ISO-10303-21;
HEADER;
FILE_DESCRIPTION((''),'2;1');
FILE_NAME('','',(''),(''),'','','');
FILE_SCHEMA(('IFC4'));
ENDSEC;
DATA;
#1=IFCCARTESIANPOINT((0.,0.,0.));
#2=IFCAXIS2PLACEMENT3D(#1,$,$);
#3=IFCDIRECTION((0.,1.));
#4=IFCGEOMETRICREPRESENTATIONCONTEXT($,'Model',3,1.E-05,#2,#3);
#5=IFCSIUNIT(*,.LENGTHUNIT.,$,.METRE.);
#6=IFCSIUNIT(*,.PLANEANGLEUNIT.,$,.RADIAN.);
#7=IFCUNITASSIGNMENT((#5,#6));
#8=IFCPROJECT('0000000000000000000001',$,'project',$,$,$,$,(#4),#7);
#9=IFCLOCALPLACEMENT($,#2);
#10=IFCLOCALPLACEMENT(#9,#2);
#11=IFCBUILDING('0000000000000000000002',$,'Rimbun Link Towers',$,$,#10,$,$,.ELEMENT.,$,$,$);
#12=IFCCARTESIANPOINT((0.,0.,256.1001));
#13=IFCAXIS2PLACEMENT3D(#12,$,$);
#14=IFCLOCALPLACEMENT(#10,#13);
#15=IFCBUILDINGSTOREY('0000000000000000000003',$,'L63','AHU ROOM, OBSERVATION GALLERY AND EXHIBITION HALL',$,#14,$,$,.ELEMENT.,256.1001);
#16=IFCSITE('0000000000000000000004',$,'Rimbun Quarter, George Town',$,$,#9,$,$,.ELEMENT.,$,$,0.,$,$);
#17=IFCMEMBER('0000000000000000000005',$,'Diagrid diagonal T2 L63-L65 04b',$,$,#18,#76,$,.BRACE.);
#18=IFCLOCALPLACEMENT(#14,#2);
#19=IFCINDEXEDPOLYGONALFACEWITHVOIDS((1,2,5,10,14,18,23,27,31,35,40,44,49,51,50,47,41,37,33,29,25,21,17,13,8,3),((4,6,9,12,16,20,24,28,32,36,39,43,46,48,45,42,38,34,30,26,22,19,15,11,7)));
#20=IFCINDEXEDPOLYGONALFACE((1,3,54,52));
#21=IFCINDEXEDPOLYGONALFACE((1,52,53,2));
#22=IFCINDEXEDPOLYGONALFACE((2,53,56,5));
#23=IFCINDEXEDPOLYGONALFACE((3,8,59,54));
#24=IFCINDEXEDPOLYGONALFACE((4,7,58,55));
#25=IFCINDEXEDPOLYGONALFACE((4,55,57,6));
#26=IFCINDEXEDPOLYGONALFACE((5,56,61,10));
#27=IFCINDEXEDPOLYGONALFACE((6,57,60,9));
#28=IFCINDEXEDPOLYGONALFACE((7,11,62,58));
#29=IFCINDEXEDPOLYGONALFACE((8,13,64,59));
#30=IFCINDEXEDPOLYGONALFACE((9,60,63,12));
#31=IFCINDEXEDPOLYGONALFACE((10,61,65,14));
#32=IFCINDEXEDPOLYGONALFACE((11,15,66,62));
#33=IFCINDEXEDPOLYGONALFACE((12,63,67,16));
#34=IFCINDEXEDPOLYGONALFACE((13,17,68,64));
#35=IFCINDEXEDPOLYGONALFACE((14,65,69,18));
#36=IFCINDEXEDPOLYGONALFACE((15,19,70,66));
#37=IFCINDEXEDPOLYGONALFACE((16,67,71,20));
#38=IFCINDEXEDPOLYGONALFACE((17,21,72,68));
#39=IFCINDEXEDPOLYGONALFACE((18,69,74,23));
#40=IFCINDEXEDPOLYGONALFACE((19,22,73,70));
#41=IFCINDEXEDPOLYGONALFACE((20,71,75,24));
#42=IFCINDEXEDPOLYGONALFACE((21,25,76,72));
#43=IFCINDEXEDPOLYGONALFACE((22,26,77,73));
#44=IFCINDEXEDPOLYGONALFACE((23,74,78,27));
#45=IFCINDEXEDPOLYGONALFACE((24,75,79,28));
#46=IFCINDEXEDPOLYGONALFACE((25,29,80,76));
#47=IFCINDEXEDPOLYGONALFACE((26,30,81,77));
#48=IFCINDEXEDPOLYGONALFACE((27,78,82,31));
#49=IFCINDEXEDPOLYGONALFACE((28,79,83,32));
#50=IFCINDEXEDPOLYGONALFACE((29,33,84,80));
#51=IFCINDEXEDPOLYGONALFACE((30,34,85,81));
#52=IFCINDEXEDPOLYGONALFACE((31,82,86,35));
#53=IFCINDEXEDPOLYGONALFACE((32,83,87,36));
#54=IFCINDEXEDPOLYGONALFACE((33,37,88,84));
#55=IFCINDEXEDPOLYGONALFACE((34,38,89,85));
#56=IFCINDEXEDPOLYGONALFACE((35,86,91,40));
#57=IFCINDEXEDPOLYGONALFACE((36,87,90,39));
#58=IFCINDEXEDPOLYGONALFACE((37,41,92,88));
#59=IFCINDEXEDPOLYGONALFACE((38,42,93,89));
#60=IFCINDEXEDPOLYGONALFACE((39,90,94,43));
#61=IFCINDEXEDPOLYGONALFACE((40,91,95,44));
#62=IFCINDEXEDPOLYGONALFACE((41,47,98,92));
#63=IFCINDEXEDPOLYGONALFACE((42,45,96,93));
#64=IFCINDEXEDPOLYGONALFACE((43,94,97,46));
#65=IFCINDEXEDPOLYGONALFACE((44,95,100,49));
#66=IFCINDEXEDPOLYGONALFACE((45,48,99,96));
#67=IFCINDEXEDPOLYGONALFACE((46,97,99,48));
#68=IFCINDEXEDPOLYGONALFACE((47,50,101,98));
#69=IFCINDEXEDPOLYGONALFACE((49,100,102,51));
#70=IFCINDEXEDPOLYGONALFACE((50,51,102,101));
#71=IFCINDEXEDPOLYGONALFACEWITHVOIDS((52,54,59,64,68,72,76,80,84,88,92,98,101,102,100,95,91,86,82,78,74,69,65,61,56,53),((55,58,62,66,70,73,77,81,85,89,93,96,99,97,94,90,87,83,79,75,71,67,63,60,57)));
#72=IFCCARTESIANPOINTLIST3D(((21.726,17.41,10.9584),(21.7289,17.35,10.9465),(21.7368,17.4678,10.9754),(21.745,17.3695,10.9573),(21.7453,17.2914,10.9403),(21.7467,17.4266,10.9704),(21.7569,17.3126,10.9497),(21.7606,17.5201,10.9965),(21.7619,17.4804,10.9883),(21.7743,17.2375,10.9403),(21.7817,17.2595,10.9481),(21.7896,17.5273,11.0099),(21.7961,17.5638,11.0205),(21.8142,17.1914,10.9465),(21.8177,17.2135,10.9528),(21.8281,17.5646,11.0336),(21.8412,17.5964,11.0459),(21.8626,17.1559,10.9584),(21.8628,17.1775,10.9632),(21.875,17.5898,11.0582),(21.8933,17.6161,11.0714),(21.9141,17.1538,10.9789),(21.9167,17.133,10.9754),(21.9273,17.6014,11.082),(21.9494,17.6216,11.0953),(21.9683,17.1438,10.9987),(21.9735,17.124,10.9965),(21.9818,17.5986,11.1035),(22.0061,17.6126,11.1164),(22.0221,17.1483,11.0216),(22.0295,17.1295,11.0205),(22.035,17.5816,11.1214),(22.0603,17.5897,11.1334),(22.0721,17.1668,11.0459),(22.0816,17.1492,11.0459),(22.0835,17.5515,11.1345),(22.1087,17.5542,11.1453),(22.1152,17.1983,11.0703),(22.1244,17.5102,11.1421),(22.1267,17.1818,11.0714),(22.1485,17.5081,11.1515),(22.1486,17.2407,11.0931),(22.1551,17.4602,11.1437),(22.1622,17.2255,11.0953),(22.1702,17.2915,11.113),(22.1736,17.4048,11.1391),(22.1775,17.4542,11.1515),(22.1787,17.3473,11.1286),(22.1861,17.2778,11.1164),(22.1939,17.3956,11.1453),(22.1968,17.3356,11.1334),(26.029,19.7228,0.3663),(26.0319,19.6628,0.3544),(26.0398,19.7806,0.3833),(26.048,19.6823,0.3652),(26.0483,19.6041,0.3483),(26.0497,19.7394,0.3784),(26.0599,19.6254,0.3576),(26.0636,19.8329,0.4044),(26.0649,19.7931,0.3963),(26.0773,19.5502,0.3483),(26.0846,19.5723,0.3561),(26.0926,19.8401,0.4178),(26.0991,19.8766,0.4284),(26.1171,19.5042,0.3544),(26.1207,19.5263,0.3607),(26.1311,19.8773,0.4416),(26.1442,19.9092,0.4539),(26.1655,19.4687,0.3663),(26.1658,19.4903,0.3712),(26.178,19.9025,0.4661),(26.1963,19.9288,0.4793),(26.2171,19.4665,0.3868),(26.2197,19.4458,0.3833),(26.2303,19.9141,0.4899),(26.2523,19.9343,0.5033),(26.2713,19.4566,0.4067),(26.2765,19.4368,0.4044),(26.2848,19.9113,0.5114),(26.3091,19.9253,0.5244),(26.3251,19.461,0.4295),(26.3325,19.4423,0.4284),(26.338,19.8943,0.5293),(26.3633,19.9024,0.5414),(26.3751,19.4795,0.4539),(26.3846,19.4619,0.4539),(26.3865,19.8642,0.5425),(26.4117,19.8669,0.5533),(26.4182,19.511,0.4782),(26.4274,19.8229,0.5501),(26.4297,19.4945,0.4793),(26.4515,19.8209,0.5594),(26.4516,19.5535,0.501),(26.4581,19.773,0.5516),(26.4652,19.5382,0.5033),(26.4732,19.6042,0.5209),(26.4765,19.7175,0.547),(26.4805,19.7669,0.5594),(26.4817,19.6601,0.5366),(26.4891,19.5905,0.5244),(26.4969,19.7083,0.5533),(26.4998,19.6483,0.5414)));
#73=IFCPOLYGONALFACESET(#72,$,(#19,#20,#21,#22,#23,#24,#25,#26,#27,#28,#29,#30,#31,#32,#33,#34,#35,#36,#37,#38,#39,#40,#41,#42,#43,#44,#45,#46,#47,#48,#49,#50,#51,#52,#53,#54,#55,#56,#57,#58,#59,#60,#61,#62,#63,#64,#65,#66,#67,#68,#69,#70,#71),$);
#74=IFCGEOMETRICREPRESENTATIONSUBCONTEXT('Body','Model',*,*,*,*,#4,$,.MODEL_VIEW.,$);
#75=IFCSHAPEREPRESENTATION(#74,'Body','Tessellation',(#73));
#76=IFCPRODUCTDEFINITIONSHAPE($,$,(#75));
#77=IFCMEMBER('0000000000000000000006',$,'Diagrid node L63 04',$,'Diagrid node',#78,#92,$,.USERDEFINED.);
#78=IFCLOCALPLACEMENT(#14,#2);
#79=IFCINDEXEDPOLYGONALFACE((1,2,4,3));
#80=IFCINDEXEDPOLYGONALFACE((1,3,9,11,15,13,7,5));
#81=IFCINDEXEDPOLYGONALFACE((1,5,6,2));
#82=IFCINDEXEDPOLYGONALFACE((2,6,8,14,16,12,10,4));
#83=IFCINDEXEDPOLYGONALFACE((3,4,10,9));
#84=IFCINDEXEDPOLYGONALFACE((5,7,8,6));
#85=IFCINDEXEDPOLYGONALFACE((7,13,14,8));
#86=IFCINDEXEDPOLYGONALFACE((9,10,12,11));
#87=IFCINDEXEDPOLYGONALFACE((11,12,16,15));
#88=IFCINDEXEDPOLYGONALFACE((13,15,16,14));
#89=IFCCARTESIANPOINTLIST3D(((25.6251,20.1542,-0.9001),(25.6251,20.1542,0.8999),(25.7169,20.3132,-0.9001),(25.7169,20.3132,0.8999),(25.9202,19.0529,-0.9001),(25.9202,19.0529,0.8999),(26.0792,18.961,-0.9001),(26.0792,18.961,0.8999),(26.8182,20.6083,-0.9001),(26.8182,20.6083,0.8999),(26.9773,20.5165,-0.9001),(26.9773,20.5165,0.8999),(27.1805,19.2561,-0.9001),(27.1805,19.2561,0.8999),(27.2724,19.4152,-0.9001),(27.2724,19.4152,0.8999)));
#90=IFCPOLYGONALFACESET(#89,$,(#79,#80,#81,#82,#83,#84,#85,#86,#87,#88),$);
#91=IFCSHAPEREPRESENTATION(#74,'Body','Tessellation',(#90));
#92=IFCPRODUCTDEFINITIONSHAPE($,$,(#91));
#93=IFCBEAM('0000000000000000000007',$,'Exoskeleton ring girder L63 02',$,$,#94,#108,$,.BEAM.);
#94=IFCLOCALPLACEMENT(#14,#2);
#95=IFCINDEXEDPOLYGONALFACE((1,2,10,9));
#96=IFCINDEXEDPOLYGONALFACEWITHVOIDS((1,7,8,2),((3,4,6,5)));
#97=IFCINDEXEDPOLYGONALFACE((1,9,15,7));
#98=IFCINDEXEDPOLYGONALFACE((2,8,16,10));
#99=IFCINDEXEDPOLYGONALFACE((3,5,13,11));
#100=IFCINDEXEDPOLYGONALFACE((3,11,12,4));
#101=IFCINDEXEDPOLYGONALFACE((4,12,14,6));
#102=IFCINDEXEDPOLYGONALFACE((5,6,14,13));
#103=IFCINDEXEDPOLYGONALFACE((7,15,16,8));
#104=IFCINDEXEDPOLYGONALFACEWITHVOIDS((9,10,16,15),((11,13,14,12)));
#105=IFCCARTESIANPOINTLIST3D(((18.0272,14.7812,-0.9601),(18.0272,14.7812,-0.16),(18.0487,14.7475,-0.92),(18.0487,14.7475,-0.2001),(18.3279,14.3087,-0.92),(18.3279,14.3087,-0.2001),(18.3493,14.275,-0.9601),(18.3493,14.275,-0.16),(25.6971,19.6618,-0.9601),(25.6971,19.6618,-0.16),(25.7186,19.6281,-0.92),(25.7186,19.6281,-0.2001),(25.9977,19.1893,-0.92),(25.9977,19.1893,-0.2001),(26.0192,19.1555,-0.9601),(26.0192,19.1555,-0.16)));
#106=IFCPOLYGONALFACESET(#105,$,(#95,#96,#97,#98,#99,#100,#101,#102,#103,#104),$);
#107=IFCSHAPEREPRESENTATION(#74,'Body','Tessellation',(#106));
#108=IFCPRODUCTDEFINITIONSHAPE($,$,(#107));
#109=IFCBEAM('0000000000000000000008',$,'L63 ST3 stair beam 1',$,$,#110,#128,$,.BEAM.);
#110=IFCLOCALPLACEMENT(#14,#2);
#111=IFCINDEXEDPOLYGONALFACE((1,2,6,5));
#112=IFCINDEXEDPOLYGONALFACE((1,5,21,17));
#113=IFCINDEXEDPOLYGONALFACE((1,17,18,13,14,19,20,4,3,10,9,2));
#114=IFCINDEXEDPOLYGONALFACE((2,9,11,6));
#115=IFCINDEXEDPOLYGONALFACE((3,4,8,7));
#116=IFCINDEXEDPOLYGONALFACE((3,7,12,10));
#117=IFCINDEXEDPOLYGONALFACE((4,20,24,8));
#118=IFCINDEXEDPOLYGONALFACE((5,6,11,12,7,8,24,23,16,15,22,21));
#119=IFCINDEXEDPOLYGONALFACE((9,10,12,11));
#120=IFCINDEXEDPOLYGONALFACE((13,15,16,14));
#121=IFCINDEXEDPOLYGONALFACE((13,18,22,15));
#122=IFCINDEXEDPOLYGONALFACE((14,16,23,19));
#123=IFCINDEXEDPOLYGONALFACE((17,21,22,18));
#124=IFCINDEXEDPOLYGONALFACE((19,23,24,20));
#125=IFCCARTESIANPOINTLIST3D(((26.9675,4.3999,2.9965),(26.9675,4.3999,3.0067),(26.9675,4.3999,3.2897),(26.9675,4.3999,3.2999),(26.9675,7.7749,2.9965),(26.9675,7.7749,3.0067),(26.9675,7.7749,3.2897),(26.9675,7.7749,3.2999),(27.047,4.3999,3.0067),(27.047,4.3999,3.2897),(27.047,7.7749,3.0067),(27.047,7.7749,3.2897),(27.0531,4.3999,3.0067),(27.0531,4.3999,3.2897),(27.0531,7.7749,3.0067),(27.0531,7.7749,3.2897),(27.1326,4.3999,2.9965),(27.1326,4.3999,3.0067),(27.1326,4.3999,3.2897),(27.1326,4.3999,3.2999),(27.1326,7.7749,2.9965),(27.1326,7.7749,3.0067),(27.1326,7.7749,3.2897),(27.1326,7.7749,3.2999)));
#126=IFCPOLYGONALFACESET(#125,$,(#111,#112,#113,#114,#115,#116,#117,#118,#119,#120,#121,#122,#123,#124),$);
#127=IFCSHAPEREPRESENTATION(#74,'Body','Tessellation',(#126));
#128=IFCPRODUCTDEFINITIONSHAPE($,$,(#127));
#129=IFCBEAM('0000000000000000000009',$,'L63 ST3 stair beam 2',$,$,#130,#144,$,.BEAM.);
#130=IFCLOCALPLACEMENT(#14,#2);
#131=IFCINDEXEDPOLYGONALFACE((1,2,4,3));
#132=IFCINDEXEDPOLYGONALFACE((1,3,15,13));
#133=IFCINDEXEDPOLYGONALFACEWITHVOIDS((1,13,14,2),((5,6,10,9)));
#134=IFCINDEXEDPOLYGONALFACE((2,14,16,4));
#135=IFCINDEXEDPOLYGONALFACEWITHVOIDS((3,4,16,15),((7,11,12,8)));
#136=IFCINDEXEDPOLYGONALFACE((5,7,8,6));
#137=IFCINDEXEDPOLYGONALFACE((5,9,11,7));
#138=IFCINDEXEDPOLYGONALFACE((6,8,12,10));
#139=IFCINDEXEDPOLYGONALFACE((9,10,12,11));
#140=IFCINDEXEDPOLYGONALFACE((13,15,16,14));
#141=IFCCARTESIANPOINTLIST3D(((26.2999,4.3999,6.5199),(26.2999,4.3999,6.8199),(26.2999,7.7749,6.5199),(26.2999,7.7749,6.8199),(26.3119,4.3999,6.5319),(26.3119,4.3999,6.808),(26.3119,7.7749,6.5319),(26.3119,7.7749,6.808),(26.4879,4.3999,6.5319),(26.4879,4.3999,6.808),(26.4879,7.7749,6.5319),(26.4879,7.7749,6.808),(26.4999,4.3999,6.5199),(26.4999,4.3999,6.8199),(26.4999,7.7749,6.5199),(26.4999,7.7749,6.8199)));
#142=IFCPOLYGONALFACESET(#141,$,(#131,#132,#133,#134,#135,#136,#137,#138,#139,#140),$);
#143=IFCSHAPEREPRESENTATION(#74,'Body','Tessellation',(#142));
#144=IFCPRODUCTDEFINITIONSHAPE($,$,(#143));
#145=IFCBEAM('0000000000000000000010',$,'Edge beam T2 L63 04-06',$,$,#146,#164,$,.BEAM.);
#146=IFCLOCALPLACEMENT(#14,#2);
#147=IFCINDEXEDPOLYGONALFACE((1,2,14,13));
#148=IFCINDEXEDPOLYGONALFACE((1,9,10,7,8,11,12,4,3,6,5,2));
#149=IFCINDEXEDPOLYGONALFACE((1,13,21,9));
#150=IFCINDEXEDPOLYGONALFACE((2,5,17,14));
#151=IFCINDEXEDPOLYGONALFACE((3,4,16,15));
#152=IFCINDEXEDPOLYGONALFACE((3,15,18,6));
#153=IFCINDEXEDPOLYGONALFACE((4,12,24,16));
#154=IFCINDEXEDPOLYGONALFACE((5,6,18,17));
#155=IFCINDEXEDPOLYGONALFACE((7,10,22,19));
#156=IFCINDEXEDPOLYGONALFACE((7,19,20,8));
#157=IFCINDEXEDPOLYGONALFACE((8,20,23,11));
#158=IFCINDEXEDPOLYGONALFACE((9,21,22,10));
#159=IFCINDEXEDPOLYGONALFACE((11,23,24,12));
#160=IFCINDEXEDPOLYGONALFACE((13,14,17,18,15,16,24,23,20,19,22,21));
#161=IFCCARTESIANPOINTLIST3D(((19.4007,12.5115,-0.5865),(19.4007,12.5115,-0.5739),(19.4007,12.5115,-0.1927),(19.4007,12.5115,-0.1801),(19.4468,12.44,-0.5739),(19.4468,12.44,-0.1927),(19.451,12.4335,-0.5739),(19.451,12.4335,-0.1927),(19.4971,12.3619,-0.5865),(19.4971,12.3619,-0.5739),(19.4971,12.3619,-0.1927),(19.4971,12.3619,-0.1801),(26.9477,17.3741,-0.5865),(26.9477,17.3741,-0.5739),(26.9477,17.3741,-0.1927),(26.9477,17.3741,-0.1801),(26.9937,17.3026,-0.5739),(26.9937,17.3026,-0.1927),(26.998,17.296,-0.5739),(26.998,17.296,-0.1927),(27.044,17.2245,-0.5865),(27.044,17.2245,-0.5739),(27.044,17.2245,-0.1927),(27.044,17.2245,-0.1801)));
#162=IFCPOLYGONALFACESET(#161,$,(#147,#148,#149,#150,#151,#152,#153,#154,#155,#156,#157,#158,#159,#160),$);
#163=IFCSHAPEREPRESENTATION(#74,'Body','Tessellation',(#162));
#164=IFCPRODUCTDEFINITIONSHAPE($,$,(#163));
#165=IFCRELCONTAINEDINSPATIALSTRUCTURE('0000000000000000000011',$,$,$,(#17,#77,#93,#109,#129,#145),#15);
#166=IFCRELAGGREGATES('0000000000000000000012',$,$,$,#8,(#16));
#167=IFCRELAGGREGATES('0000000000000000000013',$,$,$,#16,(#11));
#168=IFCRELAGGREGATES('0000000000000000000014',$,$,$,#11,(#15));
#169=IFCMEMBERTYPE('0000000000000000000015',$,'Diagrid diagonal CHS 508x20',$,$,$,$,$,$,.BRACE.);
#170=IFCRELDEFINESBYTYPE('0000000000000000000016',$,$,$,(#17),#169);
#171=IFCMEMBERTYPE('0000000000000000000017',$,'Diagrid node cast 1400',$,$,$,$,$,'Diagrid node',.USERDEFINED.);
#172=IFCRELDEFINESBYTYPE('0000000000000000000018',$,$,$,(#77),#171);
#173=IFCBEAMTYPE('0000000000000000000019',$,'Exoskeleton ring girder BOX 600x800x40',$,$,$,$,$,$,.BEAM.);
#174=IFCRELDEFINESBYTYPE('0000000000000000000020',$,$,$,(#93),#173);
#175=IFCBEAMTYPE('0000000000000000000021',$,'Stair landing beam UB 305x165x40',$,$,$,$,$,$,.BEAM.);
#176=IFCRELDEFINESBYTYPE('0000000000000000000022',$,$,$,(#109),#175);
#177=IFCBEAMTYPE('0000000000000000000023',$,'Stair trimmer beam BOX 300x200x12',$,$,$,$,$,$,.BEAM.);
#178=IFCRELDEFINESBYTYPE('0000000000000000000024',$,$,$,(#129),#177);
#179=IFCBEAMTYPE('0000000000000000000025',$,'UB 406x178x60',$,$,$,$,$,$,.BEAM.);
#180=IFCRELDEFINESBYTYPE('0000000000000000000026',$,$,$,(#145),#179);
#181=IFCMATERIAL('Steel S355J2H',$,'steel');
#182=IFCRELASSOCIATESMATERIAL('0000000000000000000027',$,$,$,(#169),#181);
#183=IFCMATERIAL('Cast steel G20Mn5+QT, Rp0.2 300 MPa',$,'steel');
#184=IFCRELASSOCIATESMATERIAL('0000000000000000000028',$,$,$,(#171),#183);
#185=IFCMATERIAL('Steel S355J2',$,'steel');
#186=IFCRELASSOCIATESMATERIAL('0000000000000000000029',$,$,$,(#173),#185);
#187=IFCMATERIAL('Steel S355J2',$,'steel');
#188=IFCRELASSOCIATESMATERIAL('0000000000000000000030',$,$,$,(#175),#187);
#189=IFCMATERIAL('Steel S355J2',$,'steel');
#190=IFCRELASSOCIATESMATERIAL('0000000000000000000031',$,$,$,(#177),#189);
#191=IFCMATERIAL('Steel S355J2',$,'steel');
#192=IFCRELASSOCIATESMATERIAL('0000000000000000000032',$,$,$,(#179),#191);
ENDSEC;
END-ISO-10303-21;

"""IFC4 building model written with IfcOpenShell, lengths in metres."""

from ifc_helpers import new_model, si_unit, direction, frame, origin, origin_2d, place, context, subcontext, project, spatial, polyline, hollow_rectangle, hollow_circle, i_section, outline, extrude, material, material_profile, profile_set, type_object, element, save


model = new_model("IFC4")

# Units and contexts
model_context = context("Model", 3, precision=1e-05, world=origin(), true_north=direction((0.0, 1.0)))
body_context = subcontext(model_context, "Body", "Model", "MODEL_VIEW")
ifc_project = project(units=[si_unit("LENGTHUNIT", "METRE"), si_unit("PLANEANGLEUNIT", "RADIAN")], contexts=[model_context])

# Site, building, storey
site_placement = place(None, origin())
site = spatial("IfcSite", under=ifc_project, at=site_placement, Name="Rimbun Quarter, George Town", CompositionType="ELEMENT", RefElevation=0.0)
building_placement = place(site_placement, origin())
building = spatial("IfcBuilding", under=site, at=building_placement, Name="Rimbun Link Towers", CompositionType="ELEMENT")
storey_placement = place(building_placement, frame((0.0, 0.0, 256.1001)))
storey = spatial("IfcBuildingStorey", under=building, at=storey_placement, Name="L63", Description="AHU ROOM, OBSERVATION GALLERY AND EXHIBITION HALL", CompositionType="ELEMENT", Elevation=256.1001)

# Members
ifc_material_1 = material(Name="Steel S355J2H", Category="steel")
ifc_material_profile_1 = material_profile(ifc_material_1, hollow_circle(Radius=0.2539, WallThickness=0.02, at=origin_2d()), Name="Diagrid diagonal CHS 508x20")
ifc_profile_set_1 = profile_set([ifc_material_profile_1], Name="Steel S355J2H")
member_type_1 = type_object("IfcMemberType", Name="Diagrid diagonal CHS 508x20", PredefinedType="BRACE", material=ifc_profile_set_1)
member_1_placement = place(storey_placement, frame((26.2644, 19.6855, 0.4539), z_axis=(-0.368902, -0.198276, 0.908074), x_axis=(0.473426, -0.880834, 0.0)))
element("IfcMember", 1, at=member_1_placement, inside=storey, type_object=member_type_1, Name="Diagrid diagonal T2 L63-L65 04b", PredefinedType="BRACE", context=body_context, shape_type="SweptSolid", body=[
    extrude(hollow_circle(Radius=0.2539, WallThickness=0.02, at=origin_2d()), origin(), (0.0, 0.0, 1.0), 11.6643),
])
ifc_material_2 = material(Name="Cast steel G20Mn5+QT, Rp0.2 300 MPa", Category="steel")
ifc_material_profile_2 = material_profile(ifc_material_2, outline(polyline([(0.7, -0.5701), (0.7, 0.5701), (0.5701, 0.7), (-0.5701, 0.7), (-0.7, 0.5701), (-0.7, -0.5701), (-0.5701, -0.7), (0.5701, -0.7), (0.7, -0.5701)])), Name="NODE 1400x1400")
ifc_profile_set_2 = profile_set([ifc_material_profile_2], Name="Cast steel G20Mn5+QT, Rp0.2 300 MPa")
member_type_2 = type_object("IfcMemberType", Name="Diagrid node cast 1400", ElementType="Diagrid node", PredefinedType="USERDEFINED", material=ifc_profile_set_2)
member_2_placement = place(storey_placement, frame((26.4487, 19.7847, -0.9001), z_axis=(0.0, 0.0, 1.0), x_axis=(-0.258819, 0.965926, 0.0)))
element("IfcMember", 2, at=member_2_placement, inside=storey, type_object=member_type_2, Name="Diagrid node L63 04", ObjectType="Diagrid node", PredefinedType="USERDEFINED", context=body_context, shape_type="SweptSolid", body=[
    extrude(outline(polyline([(0.7, -0.5701), (0.7, 0.5701), (0.5701, 0.7), (-0.5701, 0.7), (-0.7, 0.5701), (-0.7, -0.5701), (-0.5701, -0.7), (0.5701, -0.7), (0.7, -0.5701)])), origin(), (0.0, 0.0, 1.0), 1.8),
])

# Beams
ifc_material_3 = material(Name="Steel S355J2", Category="steel")
ifc_material_profile_3 = material_profile(ifc_material_3, hollow_rectangle(XDim=0.6001, YDim=0.8, WallThickness=0.04, at=origin_2d()), Name="Exoskeleton ring girder BOX 600x800x40")
ifc_profile_set_3 = profile_set([ifc_material_profile_3], Name="Steel S355J2")
beam_type_1 = type_object("IfcBeamType", Name="Exoskeleton ring girder BOX 600x800x40", PredefinedType="BEAM", material=ifc_profile_set_3)
beam_1_placement = place(storey_placement, frame((25.8582, 19.4087, -0.5601), z_axis=(-0.843674, -0.536856, 0.0), x_axis=(0.536856, -0.843674, 0.0)))
element("IfcBeam", 3, at=beam_1_placement, inside=storey, type_object=beam_type_1, Name="Exoskeleton ring girder L63 02", PredefinedType="BEAM", context=body_context, shape_type="SweptSolid", body=[
    extrude(hollow_rectangle(XDim=0.6001, YDim=0.8, WallThickness=0.04, at=origin_2d()), origin(), (0.0, 0.0, 1.0), 9.0911),
])
ifc_material_4 = material(Name="Steel S355J2", Category="steel")
ifc_material_profile_4 = material_profile(ifc_material_4, i_section(OverallWidth=0.165, OverallDepth=0.3035, WebThickness=0.0061, FlangeThickness=0.0103, at=origin_2d()), Name="UB 305x165x40")
ifc_profile_set_4 = profile_set([ifc_material_profile_4], Name="Steel S355J2")
beam_type_2 = type_object("IfcBeamType", Name="Stair landing beam UB 305x165x40", PredefinedType="BEAM", material=ifc_profile_set_4)
beam_2_placement = place(storey_placement, frame((27.05, 7.7749, 3.1482), z_axis=(0.0, -1.0, 0.0), x_axis=(1.0, 0.0, 0.0)))
element("IfcBeam", 4, at=beam_2_placement, inside=storey, type_object=beam_type_2, Name="L63 ST3 stair beam 1", PredefinedType="BEAM", context=body_context, shape_type="SweptSolid", body=[
    extrude(i_section(OverallWidth=0.165, OverallDepth=0.3035, WebThickness=0.0061, FlangeThickness=0.0103, at=origin_2d()), origin(), (0.0, 0.0, 1.0), 3.375),
])
ifc_material_5 = material(Name="Steel S355J2", Category="steel")
ifc_material_profile_5 = material_profile(ifc_material_5, hollow_rectangle(XDim=0.2, YDim=0.3, WallThickness=0.012, at=origin_2d()), Name="BOX 300x200x12")
ifc_profile_set_5 = profile_set([ifc_material_profile_5], Name="Steel S355J2")
beam_type_3 = type_object("IfcBeamType", Name="Stair trimmer beam BOX 300x200x12", PredefinedType="BEAM", material=ifc_profile_set_5)
beam_3_placement = place(storey_placement, frame((26.3999, 7.7749, 6.6699), z_axis=(0.0, -1.0, 0.0), x_axis=(1.0, 0.0, 0.0)))
element("IfcBeam", 5, at=beam_3_placement, inside=storey, type_object=beam_type_3, Name="L63 ST3 stair beam 2", PredefinedType="BEAM", context=body_context, shape_type="SweptSolid", body=[
    extrude(hollow_rectangle(XDim=0.2, YDim=0.3, WallThickness=0.012, at=origin_2d()), origin(), (0.0, 0.0, 1.0), 3.375),
])
ifc_material_6 = material(Name="Steel S355J2", Category="steel")
ifc_material_profile_6 = material_profile(ifc_material_6, i_section(OverallWidth=0.178, OverallDepth=0.4065, WebThickness=0.0078, FlangeThickness=0.0127, at=origin_2d()), Name="UB 406x178x60")
ifc_profile_set_6 = profile_set([ifc_material_profile_6], Name="Steel S355J2")
beam_type_4 = type_object("IfcBeamType", Name="UB 406x178x60", PredefinedType="BEAM", material=ifc_profile_set_6)
beam_4_placement = place(storey_placement, frame((26.9958, 17.2993, -0.3833), z_axis=(-0.840621, -0.541623, 0.0), x_axis=(0.541623, -0.840621, 0.0)))
element("IfcBeam", 6, at=beam_4_placement, inside=storey, type_object=beam_type_4, Name="Edge beam T2 L63 04-06", PredefinedType="BEAM", context=body_context, shape_type="SweptSolid", body=[
    extrude(i_section(OverallWidth=0.178, OverallDepth=0.4065, WebThickness=0.0078, FlangeThickness=0.0127, at=origin_2d()), origin(), (0.0, 0.0, 1.0), 8.9778),
])

save(model, "model.ifc")
